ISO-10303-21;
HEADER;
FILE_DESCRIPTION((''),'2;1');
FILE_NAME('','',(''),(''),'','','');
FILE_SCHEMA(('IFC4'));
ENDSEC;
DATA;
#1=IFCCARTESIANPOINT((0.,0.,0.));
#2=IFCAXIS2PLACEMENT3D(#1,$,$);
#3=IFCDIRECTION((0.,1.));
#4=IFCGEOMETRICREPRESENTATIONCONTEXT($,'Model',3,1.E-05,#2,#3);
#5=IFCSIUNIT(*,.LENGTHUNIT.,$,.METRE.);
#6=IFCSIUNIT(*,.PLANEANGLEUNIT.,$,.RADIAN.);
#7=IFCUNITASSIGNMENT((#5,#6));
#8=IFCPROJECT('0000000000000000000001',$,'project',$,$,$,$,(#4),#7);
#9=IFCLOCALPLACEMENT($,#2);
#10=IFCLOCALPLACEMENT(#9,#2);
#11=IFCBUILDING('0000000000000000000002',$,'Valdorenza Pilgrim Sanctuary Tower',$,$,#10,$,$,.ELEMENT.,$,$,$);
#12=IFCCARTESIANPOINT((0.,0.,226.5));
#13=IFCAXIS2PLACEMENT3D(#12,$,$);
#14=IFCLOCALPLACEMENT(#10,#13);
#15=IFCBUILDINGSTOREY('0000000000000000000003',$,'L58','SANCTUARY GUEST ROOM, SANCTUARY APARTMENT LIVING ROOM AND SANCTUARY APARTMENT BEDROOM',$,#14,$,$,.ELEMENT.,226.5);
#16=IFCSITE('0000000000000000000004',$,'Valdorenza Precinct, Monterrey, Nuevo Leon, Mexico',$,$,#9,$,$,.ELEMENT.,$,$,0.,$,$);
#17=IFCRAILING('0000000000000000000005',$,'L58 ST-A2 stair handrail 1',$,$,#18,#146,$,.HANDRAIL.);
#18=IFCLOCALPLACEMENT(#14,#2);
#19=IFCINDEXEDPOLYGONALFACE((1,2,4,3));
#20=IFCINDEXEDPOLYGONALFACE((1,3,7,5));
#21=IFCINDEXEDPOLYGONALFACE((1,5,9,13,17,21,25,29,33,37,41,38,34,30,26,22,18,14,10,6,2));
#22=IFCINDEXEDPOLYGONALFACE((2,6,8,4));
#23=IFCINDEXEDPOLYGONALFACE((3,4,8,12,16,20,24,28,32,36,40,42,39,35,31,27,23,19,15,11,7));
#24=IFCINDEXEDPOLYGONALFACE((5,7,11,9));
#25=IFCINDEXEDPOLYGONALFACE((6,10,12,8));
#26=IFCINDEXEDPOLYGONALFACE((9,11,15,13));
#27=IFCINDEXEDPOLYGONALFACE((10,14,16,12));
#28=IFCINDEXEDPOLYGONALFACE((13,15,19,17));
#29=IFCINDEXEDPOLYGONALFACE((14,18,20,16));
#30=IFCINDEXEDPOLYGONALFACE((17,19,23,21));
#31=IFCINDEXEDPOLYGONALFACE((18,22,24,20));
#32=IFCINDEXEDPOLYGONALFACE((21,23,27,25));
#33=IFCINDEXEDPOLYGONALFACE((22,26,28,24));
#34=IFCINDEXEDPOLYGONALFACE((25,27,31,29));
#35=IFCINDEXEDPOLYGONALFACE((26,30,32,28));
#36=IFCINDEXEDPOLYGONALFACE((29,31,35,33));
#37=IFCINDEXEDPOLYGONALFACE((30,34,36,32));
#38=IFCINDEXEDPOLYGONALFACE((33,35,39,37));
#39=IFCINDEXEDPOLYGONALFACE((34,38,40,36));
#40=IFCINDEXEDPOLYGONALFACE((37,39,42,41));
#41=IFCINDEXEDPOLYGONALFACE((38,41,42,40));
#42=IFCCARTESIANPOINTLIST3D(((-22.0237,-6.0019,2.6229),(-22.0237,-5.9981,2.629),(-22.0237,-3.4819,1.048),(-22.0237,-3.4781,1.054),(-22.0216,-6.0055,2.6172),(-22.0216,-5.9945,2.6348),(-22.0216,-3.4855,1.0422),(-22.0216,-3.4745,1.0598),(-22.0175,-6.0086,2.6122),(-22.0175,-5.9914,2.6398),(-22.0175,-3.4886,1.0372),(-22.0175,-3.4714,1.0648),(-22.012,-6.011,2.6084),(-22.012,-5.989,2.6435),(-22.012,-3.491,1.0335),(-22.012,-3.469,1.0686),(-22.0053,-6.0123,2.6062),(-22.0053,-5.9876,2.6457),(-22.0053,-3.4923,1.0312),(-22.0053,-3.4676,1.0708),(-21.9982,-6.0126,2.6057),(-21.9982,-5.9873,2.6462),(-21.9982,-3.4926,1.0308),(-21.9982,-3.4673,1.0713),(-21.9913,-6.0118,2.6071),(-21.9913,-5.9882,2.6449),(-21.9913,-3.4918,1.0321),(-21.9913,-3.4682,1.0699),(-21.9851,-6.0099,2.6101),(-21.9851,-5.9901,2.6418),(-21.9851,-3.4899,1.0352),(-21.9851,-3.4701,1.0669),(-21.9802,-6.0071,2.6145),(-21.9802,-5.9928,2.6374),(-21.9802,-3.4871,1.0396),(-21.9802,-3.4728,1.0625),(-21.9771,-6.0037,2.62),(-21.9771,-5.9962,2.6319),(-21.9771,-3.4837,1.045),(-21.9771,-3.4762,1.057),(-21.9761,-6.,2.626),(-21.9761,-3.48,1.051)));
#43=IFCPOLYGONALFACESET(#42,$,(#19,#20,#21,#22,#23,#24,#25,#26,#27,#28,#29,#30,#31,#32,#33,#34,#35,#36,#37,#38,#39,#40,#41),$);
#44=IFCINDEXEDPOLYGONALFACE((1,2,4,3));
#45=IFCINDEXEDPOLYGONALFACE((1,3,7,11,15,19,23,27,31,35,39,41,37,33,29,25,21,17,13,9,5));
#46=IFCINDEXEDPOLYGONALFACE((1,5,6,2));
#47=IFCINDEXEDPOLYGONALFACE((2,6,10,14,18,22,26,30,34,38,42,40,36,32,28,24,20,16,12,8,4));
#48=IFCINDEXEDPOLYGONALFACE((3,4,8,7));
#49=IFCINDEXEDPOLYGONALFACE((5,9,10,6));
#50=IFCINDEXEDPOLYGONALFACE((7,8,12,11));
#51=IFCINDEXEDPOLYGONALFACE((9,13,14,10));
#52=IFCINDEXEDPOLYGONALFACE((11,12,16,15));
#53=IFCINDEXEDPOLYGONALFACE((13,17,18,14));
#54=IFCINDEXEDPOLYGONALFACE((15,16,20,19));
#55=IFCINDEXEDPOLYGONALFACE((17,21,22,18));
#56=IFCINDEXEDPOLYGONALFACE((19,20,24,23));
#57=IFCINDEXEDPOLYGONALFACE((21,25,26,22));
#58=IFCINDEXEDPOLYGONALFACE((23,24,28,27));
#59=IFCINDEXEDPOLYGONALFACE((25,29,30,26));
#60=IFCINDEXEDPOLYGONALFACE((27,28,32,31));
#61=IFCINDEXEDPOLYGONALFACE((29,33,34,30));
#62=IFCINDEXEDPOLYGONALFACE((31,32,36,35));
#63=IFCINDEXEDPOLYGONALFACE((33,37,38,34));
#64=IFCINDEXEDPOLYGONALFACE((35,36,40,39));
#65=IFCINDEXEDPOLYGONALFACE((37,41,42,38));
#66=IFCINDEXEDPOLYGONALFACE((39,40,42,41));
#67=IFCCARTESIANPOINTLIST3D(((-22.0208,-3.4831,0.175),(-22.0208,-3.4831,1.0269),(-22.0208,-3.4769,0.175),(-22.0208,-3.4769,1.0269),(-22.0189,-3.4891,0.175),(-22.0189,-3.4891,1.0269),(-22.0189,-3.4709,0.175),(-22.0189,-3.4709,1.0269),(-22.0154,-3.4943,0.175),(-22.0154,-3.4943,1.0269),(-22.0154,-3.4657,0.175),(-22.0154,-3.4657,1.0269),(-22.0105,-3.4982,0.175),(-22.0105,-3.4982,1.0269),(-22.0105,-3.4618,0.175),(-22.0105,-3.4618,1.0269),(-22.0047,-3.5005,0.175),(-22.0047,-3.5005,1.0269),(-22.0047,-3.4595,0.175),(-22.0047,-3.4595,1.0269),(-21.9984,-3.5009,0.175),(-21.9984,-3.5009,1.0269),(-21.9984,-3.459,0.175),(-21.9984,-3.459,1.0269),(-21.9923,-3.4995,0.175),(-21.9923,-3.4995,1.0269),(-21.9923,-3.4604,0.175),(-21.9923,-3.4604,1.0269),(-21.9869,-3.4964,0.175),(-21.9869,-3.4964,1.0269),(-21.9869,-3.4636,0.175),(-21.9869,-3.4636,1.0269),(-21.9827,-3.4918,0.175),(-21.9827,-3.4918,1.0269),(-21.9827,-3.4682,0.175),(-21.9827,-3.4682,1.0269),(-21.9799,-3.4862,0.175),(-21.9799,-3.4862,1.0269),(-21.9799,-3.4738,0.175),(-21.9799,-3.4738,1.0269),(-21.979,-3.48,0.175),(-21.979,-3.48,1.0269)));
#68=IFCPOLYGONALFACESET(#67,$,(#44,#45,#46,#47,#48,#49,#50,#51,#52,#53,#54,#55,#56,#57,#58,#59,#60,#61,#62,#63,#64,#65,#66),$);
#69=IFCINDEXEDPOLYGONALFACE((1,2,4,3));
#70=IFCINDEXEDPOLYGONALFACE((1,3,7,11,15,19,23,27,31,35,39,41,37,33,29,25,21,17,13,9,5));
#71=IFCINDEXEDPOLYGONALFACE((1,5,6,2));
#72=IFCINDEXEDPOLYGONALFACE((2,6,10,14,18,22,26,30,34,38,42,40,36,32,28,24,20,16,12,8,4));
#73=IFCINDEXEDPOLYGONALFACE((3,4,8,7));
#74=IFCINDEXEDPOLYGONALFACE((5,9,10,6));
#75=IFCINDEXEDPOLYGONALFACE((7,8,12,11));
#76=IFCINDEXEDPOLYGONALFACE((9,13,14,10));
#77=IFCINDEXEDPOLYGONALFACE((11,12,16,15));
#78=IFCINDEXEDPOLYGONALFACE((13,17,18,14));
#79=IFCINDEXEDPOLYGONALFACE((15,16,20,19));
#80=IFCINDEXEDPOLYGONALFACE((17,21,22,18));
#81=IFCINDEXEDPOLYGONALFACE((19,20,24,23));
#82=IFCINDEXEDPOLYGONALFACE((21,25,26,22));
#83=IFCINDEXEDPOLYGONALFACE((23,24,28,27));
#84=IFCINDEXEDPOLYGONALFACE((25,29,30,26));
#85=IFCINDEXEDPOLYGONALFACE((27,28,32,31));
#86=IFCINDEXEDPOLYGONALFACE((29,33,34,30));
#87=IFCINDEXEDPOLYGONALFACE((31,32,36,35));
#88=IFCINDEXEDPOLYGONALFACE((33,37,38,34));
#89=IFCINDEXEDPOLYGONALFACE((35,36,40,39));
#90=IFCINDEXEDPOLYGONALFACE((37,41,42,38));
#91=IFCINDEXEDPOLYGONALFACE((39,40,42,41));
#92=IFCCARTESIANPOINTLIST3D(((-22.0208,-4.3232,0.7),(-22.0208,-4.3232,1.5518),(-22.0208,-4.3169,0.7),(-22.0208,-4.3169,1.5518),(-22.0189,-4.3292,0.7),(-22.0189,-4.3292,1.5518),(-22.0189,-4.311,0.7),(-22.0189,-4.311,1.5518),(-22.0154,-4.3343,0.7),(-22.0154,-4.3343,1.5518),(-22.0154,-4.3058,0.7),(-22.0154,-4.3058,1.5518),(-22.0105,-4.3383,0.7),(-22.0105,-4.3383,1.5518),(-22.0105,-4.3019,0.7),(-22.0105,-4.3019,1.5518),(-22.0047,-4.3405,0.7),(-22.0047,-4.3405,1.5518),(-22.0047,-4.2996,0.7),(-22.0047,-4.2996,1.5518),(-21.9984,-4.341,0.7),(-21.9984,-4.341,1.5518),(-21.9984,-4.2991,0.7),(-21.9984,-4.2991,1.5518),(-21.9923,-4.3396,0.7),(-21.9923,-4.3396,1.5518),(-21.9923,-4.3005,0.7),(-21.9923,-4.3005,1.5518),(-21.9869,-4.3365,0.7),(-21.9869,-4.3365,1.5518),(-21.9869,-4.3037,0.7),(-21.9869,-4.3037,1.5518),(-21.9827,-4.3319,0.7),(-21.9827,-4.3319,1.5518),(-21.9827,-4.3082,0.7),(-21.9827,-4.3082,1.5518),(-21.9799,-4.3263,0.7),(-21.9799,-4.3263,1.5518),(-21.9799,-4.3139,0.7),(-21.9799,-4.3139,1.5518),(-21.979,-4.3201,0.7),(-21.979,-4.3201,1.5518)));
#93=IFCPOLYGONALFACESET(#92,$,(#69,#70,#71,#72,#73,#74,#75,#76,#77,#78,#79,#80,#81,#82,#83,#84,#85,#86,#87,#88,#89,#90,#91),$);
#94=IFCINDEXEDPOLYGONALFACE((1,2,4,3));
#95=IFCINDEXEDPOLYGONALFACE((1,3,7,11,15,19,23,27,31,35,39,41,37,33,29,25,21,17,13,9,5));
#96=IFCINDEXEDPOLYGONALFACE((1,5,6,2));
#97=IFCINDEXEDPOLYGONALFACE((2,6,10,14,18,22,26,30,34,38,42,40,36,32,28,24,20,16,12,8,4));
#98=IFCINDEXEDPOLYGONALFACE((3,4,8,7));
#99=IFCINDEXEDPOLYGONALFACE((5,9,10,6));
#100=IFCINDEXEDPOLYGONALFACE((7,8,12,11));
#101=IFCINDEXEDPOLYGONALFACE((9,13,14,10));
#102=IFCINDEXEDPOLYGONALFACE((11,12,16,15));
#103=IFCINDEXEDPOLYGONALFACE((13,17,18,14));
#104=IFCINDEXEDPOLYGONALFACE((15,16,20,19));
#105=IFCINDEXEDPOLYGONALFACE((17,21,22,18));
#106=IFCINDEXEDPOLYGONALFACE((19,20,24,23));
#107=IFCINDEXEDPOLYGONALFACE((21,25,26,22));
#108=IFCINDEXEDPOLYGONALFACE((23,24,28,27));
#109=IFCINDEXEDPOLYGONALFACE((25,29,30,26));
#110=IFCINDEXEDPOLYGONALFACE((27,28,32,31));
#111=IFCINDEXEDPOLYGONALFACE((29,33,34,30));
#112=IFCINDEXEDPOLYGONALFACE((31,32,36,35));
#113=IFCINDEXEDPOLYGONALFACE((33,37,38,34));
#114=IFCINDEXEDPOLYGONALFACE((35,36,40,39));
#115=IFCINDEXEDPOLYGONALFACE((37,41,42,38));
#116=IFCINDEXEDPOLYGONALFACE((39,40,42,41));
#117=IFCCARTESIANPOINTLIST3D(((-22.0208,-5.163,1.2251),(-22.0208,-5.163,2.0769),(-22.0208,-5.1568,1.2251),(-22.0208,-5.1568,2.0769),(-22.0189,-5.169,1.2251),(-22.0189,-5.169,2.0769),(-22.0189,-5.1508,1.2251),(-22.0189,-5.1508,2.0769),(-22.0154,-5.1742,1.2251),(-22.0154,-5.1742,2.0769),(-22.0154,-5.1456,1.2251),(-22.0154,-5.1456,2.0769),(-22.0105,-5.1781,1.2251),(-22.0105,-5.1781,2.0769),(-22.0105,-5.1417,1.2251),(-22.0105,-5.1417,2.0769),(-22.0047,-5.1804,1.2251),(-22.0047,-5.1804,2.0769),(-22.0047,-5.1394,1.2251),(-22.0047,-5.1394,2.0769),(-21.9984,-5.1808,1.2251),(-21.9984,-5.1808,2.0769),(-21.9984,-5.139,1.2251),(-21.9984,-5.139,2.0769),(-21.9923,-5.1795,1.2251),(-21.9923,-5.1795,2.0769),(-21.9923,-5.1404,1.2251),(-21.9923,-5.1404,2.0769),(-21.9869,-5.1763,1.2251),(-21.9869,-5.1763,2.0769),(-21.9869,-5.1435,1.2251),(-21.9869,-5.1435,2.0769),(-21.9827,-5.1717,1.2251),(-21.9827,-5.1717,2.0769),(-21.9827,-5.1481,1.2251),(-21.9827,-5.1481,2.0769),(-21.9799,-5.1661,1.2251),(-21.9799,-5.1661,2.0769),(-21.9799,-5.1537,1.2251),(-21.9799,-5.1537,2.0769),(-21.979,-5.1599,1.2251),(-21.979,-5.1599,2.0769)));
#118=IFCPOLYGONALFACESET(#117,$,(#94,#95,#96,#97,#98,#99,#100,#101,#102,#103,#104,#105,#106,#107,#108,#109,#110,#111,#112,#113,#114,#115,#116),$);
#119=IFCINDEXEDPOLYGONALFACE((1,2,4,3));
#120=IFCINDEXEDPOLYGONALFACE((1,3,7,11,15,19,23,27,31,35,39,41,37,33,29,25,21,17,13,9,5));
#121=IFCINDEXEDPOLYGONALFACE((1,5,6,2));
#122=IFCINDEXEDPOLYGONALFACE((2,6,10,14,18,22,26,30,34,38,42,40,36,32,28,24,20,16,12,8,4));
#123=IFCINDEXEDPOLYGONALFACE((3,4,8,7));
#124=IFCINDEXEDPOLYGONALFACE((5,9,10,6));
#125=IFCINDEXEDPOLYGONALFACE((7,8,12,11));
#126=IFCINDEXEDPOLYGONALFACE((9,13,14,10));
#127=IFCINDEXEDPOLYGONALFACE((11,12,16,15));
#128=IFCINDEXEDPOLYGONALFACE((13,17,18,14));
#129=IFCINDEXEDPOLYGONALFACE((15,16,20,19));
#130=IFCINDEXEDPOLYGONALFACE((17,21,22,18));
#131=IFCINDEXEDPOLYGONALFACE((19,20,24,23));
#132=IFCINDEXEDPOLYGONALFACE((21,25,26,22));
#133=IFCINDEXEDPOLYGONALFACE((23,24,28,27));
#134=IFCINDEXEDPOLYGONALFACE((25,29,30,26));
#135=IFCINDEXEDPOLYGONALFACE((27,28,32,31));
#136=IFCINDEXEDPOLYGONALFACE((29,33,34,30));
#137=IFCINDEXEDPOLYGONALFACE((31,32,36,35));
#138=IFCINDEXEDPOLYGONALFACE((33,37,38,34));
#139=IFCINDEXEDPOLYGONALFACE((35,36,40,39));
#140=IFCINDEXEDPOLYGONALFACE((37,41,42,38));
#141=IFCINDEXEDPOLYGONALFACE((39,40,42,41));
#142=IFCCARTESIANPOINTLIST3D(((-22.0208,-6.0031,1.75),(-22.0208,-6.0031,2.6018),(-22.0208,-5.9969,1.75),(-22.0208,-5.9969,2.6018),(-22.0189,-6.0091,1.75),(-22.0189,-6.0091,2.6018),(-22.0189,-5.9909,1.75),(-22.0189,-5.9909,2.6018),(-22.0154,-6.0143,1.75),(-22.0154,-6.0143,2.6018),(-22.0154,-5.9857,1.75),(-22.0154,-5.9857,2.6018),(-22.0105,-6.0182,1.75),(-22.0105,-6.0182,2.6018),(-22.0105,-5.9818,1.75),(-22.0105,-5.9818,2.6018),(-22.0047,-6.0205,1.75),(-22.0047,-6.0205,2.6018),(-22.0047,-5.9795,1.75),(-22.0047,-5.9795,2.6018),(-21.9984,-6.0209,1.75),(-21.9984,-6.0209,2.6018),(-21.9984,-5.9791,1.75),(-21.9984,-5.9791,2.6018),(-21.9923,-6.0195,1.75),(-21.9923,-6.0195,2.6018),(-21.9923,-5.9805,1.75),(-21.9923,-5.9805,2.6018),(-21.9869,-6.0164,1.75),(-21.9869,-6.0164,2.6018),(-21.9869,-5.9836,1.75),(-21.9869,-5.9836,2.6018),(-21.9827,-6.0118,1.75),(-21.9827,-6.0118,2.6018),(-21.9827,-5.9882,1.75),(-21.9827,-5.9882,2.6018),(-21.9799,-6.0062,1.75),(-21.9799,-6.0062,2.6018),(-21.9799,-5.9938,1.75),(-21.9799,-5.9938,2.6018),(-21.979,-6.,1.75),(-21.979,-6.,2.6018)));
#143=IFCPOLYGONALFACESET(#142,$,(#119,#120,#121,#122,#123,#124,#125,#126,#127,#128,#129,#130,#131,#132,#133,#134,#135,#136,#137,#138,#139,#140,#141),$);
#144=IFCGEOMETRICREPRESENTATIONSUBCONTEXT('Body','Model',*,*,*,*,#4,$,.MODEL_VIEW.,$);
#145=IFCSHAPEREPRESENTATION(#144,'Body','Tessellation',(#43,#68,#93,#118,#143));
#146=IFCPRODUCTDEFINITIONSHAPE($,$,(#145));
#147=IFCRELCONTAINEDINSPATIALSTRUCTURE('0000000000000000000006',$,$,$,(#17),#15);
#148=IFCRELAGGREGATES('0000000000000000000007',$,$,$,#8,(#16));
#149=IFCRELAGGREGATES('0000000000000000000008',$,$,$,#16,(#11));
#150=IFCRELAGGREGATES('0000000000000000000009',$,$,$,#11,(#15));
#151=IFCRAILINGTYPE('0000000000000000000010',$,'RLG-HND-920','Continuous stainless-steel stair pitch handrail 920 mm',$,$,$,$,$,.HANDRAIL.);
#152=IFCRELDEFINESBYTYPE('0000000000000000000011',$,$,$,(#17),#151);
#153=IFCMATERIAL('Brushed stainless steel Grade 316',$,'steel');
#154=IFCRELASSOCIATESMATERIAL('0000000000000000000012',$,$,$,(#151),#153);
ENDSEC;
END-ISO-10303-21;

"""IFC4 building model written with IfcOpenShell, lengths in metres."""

from ifc_helpers import new_model, si_unit, direction, frame, origin, origin_2d, place, context, subcontext, project, spatial, circle, extrude, material, type_object, element, save


model = new_model("IFC4")

# Units and contexts
model_context = context("Model", 3, precision=1e-05, world=origin(), true_north=direction((0.0, 1.0)))
body_context = subcontext(model_context, "Body", "Model", "MODEL_VIEW")
ifc_project = project(units=[si_unit("LENGTHUNIT", "METRE"), si_unit("PLANEANGLEUNIT", "RADIAN")], contexts=[model_context])

# Site, building, storey
site_placement = place(None, origin())
site = spatial("IfcSite", under=ifc_project, at=site_placement, Name="Valdorenza Precinct, Monterrey, Nuevo Leon, Mexico", CompositionType="ELEMENT", RefElevation=0.0)
building_placement = place(site_placement, origin())
building = spatial("IfcBuilding", under=site, at=building_placement, Name="Valdorenza Pilgrim Sanctuary Tower", CompositionType="ELEMENT")
storey_placement = place(building_placement, frame((0.0, 0.0, 226.5)))
storey = spatial("IfcBuildingStorey", under=building, at=storey_placement, Name="L58", Description="SANCTUARY GUEST ROOM, SANCTUARY APARTMENT LIVING ROOM AND SANCTUARY APARTMENT BEDROOM", CompositionType="ELEMENT", Elevation=226.5)

# Shared definitions
ifc_material_1 = material(Name="Brushed stainless steel Grade 316", Category="steel")

# Railing
railing_type_1 = type_object("IfcRailingType", Name="RLG-HND-920", Description="Continuous stainless-steel stair pitch handrail 920 mm", PredefinedType="HANDRAIL", material=ifc_material_1)
railing_1_placement = place(storey_placement, frame((-22.0, -3.48, 0.175)))
element("IfcRailing", 1, at=railing_1_placement, inside=storey, type_object=railing_type_1, Name="L58 ST-A2 stair handrail 1", PredefinedType="HANDRAIL", context=body_context, shape_type="SweptSolid", body=[
    extrude(circle(Radius=0.0239, at=origin_2d()), frame((0.0, 0.0, 0.876), z_axis=(0.0, -0.848008, 0.529984), x_axis=(1.0, 0.0, 0.0)), (0.0, 0.0, 1.0), 2.9717),
    extrude(circle(Radius=0.021, at=origin_2d()), origin(), (0.0, 0.0, 1.0), 0.8518),
    extrude(circle(Radius=0.021, at=origin_2d()), frame((0.0, -0.8401, 0.5249)), (0.0, 0.0, 1.0), 0.8518),
    extrude(circle(Radius=0.021, at=origin_2d()), frame((0.0, -1.6799, 1.05)), (0.0, 0.0, 1.0), 0.8518),
    extrude(circle(Radius=0.021, at=origin_2d()), frame((0.0, -2.52, 1.575)), (0.0, 0.0, 1.0), 0.8518),
])

save(model, "model.ifc")
